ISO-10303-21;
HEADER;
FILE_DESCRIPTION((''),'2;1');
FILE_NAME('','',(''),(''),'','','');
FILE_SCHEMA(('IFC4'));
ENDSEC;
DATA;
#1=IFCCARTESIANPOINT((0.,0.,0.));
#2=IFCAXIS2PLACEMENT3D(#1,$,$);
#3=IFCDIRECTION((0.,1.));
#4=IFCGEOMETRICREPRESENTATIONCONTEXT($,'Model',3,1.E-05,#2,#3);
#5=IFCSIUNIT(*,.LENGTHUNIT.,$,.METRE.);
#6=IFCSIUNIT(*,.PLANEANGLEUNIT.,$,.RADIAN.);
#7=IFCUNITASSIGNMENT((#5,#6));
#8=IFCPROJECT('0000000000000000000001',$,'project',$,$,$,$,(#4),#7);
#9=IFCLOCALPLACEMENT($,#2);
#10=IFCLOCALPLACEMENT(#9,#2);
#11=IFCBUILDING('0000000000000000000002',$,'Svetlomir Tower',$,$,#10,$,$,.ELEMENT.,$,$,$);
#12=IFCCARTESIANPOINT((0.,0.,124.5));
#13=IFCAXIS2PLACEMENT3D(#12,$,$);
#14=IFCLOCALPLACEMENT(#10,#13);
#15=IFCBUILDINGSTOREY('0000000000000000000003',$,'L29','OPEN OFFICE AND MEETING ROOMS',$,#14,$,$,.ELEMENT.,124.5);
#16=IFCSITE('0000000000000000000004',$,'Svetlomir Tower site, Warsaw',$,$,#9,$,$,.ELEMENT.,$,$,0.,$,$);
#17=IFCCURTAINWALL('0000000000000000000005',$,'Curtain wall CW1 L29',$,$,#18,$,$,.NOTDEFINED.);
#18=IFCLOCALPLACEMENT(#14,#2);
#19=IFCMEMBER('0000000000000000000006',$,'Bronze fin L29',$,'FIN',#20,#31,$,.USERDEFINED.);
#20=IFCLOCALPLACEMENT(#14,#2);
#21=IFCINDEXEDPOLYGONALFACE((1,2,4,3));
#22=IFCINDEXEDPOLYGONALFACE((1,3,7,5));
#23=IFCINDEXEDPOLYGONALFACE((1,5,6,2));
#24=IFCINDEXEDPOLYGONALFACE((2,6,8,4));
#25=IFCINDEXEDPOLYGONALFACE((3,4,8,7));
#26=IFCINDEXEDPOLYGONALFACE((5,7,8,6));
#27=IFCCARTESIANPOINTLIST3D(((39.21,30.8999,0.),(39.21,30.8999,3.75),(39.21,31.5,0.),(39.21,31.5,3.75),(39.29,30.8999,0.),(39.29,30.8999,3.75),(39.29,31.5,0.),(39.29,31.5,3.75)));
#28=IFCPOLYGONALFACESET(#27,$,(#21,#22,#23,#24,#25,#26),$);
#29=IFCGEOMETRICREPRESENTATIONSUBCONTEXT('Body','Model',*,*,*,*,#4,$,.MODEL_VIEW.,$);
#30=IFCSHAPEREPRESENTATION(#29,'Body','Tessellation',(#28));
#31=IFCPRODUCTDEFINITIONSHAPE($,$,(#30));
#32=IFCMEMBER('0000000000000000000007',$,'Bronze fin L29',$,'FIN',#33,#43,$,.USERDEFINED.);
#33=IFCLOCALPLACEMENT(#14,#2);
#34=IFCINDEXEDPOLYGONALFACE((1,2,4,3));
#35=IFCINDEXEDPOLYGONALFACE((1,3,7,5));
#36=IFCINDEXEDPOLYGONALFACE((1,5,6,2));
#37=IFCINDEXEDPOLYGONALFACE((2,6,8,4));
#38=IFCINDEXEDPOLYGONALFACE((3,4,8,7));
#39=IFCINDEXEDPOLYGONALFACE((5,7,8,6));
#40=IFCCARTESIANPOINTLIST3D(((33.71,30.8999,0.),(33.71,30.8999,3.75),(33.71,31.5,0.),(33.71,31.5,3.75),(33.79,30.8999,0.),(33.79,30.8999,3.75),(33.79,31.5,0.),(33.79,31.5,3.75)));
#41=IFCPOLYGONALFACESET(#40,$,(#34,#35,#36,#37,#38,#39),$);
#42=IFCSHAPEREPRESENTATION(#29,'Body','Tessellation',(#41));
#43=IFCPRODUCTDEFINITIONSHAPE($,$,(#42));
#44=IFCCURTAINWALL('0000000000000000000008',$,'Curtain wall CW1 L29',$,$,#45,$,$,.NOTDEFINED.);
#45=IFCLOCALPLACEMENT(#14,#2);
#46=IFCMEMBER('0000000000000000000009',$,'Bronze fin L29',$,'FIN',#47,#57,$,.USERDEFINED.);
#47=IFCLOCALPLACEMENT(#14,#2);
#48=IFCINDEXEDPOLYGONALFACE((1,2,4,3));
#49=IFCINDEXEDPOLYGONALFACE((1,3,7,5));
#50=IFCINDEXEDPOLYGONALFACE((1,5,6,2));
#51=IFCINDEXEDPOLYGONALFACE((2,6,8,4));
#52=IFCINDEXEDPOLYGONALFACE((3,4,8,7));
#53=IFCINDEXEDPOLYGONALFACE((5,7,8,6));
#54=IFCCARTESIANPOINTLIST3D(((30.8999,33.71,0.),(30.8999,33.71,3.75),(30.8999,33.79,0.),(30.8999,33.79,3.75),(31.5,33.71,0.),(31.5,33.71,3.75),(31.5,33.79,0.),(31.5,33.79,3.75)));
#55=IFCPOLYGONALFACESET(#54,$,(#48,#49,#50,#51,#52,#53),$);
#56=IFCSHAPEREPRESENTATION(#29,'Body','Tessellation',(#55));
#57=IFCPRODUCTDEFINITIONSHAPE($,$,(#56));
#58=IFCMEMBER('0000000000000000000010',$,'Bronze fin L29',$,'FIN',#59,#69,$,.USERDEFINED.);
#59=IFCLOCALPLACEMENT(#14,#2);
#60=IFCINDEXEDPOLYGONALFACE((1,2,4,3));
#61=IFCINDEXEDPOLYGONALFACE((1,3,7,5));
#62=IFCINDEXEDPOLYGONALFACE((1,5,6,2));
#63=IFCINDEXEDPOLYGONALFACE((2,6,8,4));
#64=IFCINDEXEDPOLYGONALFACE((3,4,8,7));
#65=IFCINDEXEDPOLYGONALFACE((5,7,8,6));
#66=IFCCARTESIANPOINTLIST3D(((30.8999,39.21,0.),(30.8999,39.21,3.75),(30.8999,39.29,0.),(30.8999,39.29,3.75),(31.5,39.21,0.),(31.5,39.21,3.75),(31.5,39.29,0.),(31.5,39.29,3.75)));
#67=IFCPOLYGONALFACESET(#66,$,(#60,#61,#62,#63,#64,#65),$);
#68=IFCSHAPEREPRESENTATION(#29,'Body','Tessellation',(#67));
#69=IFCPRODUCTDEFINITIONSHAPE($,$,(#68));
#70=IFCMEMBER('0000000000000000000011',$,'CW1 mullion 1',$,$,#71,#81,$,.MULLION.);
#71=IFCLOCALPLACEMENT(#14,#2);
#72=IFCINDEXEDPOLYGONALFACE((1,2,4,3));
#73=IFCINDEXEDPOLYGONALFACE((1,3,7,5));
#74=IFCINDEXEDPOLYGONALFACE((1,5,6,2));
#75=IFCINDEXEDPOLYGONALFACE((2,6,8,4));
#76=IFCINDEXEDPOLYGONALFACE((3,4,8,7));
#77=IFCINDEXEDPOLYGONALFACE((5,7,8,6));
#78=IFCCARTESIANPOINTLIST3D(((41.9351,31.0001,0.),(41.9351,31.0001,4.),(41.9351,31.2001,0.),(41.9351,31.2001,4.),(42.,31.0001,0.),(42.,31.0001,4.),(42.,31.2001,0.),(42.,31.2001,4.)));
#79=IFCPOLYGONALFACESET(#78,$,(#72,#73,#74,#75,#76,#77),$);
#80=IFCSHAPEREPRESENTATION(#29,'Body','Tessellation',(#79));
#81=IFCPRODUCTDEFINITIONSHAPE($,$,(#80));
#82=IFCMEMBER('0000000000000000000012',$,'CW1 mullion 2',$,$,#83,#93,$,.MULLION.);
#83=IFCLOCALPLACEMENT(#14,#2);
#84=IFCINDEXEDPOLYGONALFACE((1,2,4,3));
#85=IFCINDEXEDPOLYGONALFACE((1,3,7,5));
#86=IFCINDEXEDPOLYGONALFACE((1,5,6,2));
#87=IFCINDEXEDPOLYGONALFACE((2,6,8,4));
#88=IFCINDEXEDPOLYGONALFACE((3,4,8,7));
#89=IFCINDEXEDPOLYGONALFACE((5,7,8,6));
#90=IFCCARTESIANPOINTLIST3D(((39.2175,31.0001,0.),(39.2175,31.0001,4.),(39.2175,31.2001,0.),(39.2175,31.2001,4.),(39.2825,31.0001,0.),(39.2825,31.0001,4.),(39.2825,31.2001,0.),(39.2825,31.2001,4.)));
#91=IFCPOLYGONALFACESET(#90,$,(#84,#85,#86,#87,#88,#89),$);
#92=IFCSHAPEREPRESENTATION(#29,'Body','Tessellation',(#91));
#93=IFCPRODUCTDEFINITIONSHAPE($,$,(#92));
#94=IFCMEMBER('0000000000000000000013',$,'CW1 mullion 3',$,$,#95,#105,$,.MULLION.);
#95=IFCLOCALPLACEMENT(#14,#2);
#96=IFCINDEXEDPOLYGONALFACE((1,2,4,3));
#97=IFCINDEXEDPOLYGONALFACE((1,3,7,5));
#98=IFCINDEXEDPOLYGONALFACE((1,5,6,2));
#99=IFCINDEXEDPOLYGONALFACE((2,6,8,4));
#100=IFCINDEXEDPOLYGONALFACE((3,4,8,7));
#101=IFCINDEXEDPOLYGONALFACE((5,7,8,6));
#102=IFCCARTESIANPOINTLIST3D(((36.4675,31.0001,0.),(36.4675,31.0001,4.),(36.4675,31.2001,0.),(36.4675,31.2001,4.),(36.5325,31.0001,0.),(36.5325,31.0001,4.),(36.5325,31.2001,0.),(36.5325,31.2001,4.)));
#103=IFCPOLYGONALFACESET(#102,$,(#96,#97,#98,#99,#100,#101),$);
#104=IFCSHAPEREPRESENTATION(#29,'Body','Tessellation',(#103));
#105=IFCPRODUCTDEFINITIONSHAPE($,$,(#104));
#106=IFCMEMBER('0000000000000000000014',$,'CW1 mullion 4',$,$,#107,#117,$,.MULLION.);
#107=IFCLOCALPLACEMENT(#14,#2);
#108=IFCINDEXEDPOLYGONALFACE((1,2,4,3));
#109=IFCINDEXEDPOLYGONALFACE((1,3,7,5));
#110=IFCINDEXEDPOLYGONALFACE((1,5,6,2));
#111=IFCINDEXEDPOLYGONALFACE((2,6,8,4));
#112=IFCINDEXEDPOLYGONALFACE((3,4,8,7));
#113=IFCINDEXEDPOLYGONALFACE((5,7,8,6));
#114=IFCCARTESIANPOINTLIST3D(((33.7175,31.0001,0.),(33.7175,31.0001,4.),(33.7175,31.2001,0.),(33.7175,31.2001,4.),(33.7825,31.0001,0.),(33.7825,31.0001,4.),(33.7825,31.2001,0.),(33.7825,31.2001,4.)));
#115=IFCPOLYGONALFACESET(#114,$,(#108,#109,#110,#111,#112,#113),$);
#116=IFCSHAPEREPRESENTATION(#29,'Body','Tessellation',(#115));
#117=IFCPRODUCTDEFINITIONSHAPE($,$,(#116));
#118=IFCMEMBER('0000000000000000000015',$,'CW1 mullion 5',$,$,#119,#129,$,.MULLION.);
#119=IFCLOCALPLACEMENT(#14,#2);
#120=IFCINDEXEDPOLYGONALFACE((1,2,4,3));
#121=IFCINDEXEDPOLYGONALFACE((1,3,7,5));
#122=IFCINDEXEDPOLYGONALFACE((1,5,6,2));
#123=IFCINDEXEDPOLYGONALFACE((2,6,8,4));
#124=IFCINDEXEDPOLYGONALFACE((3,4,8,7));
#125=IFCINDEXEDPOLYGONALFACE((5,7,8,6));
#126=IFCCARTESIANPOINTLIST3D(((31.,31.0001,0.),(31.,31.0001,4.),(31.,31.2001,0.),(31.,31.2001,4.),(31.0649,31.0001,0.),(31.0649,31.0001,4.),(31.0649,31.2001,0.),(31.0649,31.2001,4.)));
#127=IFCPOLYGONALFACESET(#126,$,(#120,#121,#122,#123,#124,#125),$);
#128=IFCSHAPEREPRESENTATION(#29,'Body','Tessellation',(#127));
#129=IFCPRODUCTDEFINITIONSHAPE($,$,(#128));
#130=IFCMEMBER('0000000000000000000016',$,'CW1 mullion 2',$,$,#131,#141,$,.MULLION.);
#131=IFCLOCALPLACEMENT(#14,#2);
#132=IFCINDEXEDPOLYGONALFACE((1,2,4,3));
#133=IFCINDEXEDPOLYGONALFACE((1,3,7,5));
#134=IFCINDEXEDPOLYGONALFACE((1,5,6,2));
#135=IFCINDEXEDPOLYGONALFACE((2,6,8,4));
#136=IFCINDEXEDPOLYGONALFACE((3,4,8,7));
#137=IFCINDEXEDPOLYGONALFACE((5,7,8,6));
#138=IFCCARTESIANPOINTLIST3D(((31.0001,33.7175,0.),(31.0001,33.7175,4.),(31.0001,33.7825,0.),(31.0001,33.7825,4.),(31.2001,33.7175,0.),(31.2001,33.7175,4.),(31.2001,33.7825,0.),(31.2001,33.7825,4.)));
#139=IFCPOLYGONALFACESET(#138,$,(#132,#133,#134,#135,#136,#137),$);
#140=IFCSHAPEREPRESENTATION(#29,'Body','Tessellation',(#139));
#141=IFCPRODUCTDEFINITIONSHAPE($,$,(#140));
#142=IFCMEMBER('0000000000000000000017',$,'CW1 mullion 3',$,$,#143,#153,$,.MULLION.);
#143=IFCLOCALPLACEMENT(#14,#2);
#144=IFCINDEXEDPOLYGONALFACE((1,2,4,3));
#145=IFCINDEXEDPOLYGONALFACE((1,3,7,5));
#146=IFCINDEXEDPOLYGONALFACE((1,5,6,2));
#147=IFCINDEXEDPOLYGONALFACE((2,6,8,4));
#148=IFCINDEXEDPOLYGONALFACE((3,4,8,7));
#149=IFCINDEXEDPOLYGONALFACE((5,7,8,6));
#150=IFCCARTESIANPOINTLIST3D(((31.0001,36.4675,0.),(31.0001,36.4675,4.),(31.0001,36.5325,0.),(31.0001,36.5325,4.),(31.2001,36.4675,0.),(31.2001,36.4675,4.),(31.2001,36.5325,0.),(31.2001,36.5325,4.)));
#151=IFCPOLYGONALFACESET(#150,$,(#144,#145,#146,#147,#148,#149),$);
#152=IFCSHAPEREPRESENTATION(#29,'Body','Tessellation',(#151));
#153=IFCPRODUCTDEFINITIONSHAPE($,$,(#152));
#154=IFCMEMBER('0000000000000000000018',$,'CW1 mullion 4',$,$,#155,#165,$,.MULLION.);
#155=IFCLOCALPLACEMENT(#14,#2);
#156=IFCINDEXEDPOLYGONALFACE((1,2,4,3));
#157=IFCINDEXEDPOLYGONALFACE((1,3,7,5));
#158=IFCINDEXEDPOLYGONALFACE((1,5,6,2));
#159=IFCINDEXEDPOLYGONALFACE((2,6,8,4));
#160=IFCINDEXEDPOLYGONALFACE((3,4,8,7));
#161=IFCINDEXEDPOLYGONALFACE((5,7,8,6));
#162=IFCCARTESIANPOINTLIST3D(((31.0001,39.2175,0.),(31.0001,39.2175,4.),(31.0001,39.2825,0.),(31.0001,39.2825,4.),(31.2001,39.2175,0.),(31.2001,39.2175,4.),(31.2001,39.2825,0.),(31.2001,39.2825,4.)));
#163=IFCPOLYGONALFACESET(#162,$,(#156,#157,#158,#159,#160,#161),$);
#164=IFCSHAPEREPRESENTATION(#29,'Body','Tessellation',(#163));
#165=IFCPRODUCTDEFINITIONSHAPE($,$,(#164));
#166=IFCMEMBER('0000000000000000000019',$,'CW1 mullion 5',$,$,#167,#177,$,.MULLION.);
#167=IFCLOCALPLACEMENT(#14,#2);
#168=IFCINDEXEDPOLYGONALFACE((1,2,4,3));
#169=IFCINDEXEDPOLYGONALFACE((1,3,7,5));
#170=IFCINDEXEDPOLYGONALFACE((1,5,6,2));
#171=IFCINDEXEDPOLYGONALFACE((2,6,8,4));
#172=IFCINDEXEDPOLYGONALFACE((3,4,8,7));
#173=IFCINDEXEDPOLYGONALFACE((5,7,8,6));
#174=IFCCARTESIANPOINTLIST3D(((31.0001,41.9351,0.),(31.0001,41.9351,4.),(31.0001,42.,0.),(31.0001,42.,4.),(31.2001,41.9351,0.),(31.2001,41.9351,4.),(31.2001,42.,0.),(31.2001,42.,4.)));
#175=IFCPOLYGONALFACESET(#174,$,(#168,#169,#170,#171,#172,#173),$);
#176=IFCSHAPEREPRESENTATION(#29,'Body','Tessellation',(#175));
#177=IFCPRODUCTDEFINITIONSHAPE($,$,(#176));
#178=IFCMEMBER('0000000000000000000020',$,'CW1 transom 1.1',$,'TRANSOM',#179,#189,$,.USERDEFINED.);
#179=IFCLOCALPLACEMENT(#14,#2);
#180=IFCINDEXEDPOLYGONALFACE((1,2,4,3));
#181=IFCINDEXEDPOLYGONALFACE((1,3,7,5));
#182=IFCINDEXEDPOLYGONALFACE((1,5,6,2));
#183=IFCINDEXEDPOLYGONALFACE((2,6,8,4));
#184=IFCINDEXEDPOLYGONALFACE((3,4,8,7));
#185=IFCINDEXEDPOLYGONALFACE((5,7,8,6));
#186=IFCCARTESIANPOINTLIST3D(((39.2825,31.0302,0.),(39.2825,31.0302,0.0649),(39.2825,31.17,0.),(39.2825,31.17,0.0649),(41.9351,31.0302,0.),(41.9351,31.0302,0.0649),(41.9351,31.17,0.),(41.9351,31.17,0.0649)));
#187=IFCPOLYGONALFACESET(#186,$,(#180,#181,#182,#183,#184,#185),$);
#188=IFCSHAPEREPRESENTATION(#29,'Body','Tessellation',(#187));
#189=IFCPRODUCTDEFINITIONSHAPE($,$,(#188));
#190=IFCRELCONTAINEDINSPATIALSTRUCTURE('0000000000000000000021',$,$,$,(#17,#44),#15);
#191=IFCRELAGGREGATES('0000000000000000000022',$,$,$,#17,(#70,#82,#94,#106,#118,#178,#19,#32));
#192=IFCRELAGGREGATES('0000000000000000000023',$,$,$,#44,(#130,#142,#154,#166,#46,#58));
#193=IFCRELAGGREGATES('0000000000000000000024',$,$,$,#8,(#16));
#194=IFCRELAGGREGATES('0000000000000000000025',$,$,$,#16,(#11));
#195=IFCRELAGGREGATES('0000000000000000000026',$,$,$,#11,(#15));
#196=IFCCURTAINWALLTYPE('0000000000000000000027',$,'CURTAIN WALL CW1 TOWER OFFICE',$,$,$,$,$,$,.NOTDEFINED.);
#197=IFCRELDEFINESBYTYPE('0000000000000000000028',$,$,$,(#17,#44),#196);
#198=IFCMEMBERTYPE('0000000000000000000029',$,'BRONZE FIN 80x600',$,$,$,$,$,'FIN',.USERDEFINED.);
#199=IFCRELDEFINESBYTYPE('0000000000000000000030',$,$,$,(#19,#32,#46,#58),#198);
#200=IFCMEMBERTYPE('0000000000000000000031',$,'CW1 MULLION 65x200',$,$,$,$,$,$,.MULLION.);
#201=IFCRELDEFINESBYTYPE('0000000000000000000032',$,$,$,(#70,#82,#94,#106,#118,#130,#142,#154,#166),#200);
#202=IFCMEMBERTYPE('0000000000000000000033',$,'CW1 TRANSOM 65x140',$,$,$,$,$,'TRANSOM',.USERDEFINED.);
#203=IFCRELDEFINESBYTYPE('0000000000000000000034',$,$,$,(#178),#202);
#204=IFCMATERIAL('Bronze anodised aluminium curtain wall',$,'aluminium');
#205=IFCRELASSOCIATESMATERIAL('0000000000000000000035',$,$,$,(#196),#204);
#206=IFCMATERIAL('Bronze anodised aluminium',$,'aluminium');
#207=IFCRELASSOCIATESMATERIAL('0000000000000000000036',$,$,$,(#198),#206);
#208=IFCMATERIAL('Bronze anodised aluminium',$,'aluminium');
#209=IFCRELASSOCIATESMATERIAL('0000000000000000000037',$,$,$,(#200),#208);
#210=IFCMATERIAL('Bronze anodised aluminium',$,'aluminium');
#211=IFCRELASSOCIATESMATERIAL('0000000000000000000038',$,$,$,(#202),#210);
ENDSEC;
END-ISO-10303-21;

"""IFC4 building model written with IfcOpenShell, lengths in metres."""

from ifc_helpers import new_model, si_unit, direction, frame, origin, origin_2d, place, context, subcontext, project, spatial, rectangle, extrude, material, material_profile, profile_set, type_object, element, aggregate, save


model = new_model("IFC4")

# Units and contexts
model_context = context("Model", 3, precision=1e-05, world=origin(), true_north=direction((0.0, 1.0)))
body_context = subcontext(model_context, "Body", "Model", "MODEL_VIEW")
ifc_project = project(units=[si_unit("LENGTHUNIT", "METRE"), si_unit("PLANEANGLEUNIT", "RADIAN")], contexts=[model_context])

# Site, building, storey
site_placement = place(None, origin())
site = spatial("IfcSite", under=ifc_project, at=site_placement, Name="Svetlomir Tower site, Warsaw", CompositionType="ELEMENT", RefElevation=0.0)
building_placement = place(site_placement, origin())
building = spatial("IfcBuilding", under=site, at=building_placement, Name="Svetlomir Tower", CompositionType="ELEMENT")
storey_placement = place(building_placement, frame((0.0, 0.0, 124.5)))
storey = spatial("IfcBuildingStorey", under=building, at=storey_placement, Name="L29", Description="OPEN OFFICE AND MEETING ROOMS", CompositionType="ELEMENT", Elevation=124.5)

# Curtain walls, members
ifc_material_1 = material(Name="Bronze anodised aluminium curtain wall", Category="aluminium")
curtain_wall_type = type_object("IfcCurtainWallType", Name="CURTAIN WALL CW1 TOWER OFFICE", PredefinedType="NOTDEFINED", material=ifc_material_1)
curtain_wall_1_placement = place(storey_placement, origin())
curtain_wall_1 = element("IfcCurtainWall", 1, at=curtain_wall_1_placement, inside=storey, type_object=curtain_wall_type, Name="Curtain wall CW1 L29", PredefinedType="NOTDEFINED")
ifc_material_2 = material(Name="Bronze anodised aluminium", Category="aluminium")
ifc_material_profile_1 = material_profile(ifc_material_2, rectangle(XDim=0.0801, YDim=0.6001, at=origin_2d()), Name="FIN 80x600")
ifc_profile_set_1 = profile_set([ifc_material_profile_1], Name="Bronze anodised aluminium 6063-T6")
member_type_1 = type_object("IfcMemberType", Name="BRONZE FIN 80x600", ElementType="FIN", PredefinedType="USERDEFINED", material=ifc_profile_set_1)
member_1_placement = place(storey_placement, frame((39.25, 31.2, 0.0), z_axis=(0.0, 0.0, 1.0), x_axis=(1.0, 0.0, 0.0)))
member_1 = element("IfcMember", 2, at=member_1_placement, type_object=member_type_1, Name="Bronze fin L29", ObjectType="FIN", PredefinedType="USERDEFINED", context=body_context, shape_type="SweptSolid", body=[
    extrude(rectangle(XDim=0.0801, YDim=0.6001, at=origin_2d()), origin(), (0.0, 0.0, 1.0), 3.75),
])
member_2_placement = place(storey_placement, frame((33.75, 31.2, 0.0), z_axis=(0.0, 0.0, 1.0), x_axis=(1.0, 0.0, 0.0)))
member_2 = element("IfcMember", 3, at=member_2_placement, type_object=member_type_1, Name="Bronze fin L29", ObjectType="FIN", PredefinedType="USERDEFINED", context=body_context, shape_type="SweptSolid", body=[
    extrude(rectangle(XDim=0.0801, YDim=0.6001, at=origin_2d()), origin(), (0.0, 0.0, 1.0), 3.75),
])
curtain_wall_2_placement = place(storey_placement, origin())
curtain_wall_2 = element("IfcCurtainWall", 4, at=curtain_wall_2_placement, inside=storey, type_object=curtain_wall_type, Name="Curtain wall CW1 L29", PredefinedType="NOTDEFINED")
member_3_placement = place(storey_placement, frame((31.2, 33.75, 0.0), z_axis=(0.0, 0.0, 1.0), x_axis=(0.0, 1.0, 0.0)))
member_3 = element("IfcMember", 5, at=member_3_placement, type_object=member_type_1, Name="Bronze fin L29", ObjectType="FIN", PredefinedType="USERDEFINED", context=body_context, shape_type="SweptSolid", body=[
    extrude(rectangle(XDim=0.0801, YDim=0.6001, at=origin_2d()), origin(), (0.0, 0.0, 1.0), 3.75),
])
member_4_placement = place(storey_placement, frame((31.2, 39.25, 0.0), z_axis=(0.0, 0.0, 1.0), x_axis=(0.0, 1.0, 0.0)))
member_4 = element("IfcMember", 6, at=member_4_placement, type_object=member_type_1, Name="Bronze fin L29", ObjectType="FIN", PredefinedType="USERDEFINED", context=body_context, shape_type="SweptSolid", body=[
    extrude(rectangle(XDim=0.0801, YDim=0.6001, at=origin_2d()), origin(), (0.0, 0.0, 1.0), 3.75),
])

# Members
ifc_material_3 = material(Name="Bronze anodised aluminium", Category="aluminium")
ifc_material_profile_2 = material_profile(ifc_material_3, rectangle(XDim=0.0649, YDim=0.2, at=origin_2d()), Name="AL 65x200")
ifc_profile_set_2 = profile_set([ifc_material_profile_2], Name="Bronze anodised aluminium 6063-T6")
member_type_2 = type_object("IfcMemberType", Name="CW1 MULLION 65x200", PredefinedType="MULLION", material=ifc_profile_set_2)
member_5_placement = place(storey_placement, frame((41.9675, 31.1001, 0.0), z_axis=(0.0, 0.0, 1.0), x_axis=(-1.0, 0.0, 0.0)))
member_5 = element("IfcMember", 7, at=member_5_placement, type_object=member_type_2, Name="CW1 mullion 1", PredefinedType="MULLION", context=body_context, shape_type="SweptSolid", body=[
    extrude(rectangle(XDim=0.0649, YDim=0.2, at=origin_2d()), origin(), (0.0, 0.0, 1.0), 4.0),
])
member_6_placement = place(storey_placement, frame((39.25, 31.1001, 0.0), z_axis=(0.0, 0.0, 1.0), x_axis=(-1.0, 0.0, 0.0)))
member_6 = element("IfcMember", 8, at=member_6_placement, type_object=member_type_2, Name="CW1 mullion 2", PredefinedType="MULLION", context=body_context, shape_type="SweptSolid", body=[
    extrude(rectangle(XDim=0.0649, YDim=0.2, at=origin_2d()), origin(), (0.0, 0.0, 1.0), 4.0),
])
member_7_placement = place(storey_placement, frame((36.5, 31.1001, 0.0), z_axis=(0.0, 0.0, 1.0), x_axis=(-1.0, 0.0, 0.0)))
member_7 = element("IfcMember", 9, at=member_7_placement, type_object=member_type_2, Name="CW1 mullion 3", PredefinedType="MULLION", context=body_context, shape_type="SweptSolid", body=[
    extrude(rectangle(XDim=0.0649, YDim=0.2, at=origin_2d()), origin(), (0.0, 0.0, 1.0), 4.0),
])
member_8_placement = place(storey_placement, frame((33.75, 31.1001, 0.0), z_axis=(0.0, 0.0, 1.0), x_axis=(-1.0, 0.0, 0.0)))
member_8 = element("IfcMember", 10, at=member_8_placement, type_object=member_type_2, Name="CW1 mullion 4", PredefinedType="MULLION", context=body_context, shape_type="SweptSolid", body=[
    extrude(rectangle(XDim=0.0649, YDim=0.2, at=origin_2d()), origin(), (0.0, 0.0, 1.0), 4.0),
])
member_9_placement = place(storey_placement, frame((31.0325, 31.1001, 0.0), z_axis=(0.0, 0.0, 1.0), x_axis=(-1.0, 0.0, 0.0)))
member_9 = element("IfcMember", 11, at=member_9_placement, type_object=member_type_2, Name="CW1 mullion 5", PredefinedType="MULLION", context=body_context, shape_type="SweptSolid", body=[
    extrude(rectangle(XDim=0.0649, YDim=0.2, at=origin_2d()), origin(), (0.0, 0.0, 1.0), 4.0),
])
member_10_placement = place(storey_placement, frame((31.1001, 33.75, 0.0), z_axis=(0.0, 0.0, 1.0), x_axis=(0.0, 1.0, 0.0)))
member_10 = element("IfcMember", 12, at=member_10_placement, type_object=member_type_2, Name="CW1 mullion 2", PredefinedType="MULLION", context=body_context, shape_type="SweptSolid", body=[
    extrude(rectangle(XDim=0.0649, YDim=0.2, at=origin_2d()), origin(), (0.0, 0.0, 1.0), 4.0),
])
member_11_placement = place(storey_placement, frame((31.1001, 36.5, 0.0), z_axis=(0.0, 0.0, 1.0), x_axis=(0.0, 1.0, 0.0)))
member_11 = element("IfcMember", 13, at=member_11_placement, type_object=member_type_2, Name="CW1 mullion 3", PredefinedType="MULLION", context=body_context, shape_type="SweptSolid", body=[
    extrude(rectangle(XDim=0.0649, YDim=0.2, at=origin_2d()), origin(), (0.0, 0.0, 1.0), 4.0),
])
member_12_placement = place(storey_placement, frame((31.1001, 39.25, 0.0), z_axis=(0.0, 0.0, 1.0), x_axis=(0.0, 1.0, 0.0)))
member_12 = element("IfcMember", 14, at=member_12_placement, type_object=member_type_2, Name="CW1 mullion 4", PredefinedType="MULLION", context=body_context, shape_type="SweptSolid", body=[
    extrude(rectangle(XDim=0.0649, YDim=0.2, at=origin_2d()), origin(), (0.0, 0.0, 1.0), 4.0),
])
member_13_placement = place(storey_placement, frame((31.1001, 41.9675, 0.0), z_axis=(0.0, 0.0, 1.0), x_axis=(0.0, 1.0, 0.0)))
member_13 = element("IfcMember", 15, at=member_13_placement, type_object=member_type_2, Name="CW1 mullion 5", PredefinedType="MULLION", context=body_context, shape_type="SweptSolid", body=[
    extrude(rectangle(XDim=0.0649, YDim=0.2, at=origin_2d()), origin(), (0.0, 0.0, 1.0), 4.0),
])
ifc_material_4 = material(Name="Bronze anodised aluminium", Category="aluminium")
ifc_material_profile_3 = material_profile(ifc_material_4, rectangle(XDim=0.1399, YDim=0.0649, at=origin_2d()), Name="AL 140x65")
ifc_profile_set_3 = profile_set([ifc_material_profile_3], Name="Bronze anodised aluminium 6063-T6")
member_type_3 = type_object("IfcMemberType", Name="CW1 TRANSOM 65x140", ElementType="TRANSOM", PredefinedType="USERDEFINED", material=ifc_profile_set_3)
member_14_placement = place(storey_placement, frame((41.9351, 31.1001, 0.0325), z_axis=(-1.0, 0.0, 0.0), x_axis=(0.0, -1.0, 0.0)))
member_14 = element("IfcMember", 16, at=member_14_placement, type_object=member_type_3, Name="CW1 transom 1.1", ObjectType="TRANSOM", PredefinedType="USERDEFINED", context=body_context, shape_type="SweptSolid", body=[
    extrude(rectangle(XDim=0.1399, YDim=0.0649, at=origin_2d()), origin(), (0.0, 0.0, 1.0), 2.6526),
])

aggregate(curtain_wall_1, [member_5, member_6, member_7, member_8, member_9, member_14, member_1, member_2])
aggregate(curtain_wall_2, [member_10, member_11, member_12, member_13, member_3, member_4])

save(model, "model.ifc")
